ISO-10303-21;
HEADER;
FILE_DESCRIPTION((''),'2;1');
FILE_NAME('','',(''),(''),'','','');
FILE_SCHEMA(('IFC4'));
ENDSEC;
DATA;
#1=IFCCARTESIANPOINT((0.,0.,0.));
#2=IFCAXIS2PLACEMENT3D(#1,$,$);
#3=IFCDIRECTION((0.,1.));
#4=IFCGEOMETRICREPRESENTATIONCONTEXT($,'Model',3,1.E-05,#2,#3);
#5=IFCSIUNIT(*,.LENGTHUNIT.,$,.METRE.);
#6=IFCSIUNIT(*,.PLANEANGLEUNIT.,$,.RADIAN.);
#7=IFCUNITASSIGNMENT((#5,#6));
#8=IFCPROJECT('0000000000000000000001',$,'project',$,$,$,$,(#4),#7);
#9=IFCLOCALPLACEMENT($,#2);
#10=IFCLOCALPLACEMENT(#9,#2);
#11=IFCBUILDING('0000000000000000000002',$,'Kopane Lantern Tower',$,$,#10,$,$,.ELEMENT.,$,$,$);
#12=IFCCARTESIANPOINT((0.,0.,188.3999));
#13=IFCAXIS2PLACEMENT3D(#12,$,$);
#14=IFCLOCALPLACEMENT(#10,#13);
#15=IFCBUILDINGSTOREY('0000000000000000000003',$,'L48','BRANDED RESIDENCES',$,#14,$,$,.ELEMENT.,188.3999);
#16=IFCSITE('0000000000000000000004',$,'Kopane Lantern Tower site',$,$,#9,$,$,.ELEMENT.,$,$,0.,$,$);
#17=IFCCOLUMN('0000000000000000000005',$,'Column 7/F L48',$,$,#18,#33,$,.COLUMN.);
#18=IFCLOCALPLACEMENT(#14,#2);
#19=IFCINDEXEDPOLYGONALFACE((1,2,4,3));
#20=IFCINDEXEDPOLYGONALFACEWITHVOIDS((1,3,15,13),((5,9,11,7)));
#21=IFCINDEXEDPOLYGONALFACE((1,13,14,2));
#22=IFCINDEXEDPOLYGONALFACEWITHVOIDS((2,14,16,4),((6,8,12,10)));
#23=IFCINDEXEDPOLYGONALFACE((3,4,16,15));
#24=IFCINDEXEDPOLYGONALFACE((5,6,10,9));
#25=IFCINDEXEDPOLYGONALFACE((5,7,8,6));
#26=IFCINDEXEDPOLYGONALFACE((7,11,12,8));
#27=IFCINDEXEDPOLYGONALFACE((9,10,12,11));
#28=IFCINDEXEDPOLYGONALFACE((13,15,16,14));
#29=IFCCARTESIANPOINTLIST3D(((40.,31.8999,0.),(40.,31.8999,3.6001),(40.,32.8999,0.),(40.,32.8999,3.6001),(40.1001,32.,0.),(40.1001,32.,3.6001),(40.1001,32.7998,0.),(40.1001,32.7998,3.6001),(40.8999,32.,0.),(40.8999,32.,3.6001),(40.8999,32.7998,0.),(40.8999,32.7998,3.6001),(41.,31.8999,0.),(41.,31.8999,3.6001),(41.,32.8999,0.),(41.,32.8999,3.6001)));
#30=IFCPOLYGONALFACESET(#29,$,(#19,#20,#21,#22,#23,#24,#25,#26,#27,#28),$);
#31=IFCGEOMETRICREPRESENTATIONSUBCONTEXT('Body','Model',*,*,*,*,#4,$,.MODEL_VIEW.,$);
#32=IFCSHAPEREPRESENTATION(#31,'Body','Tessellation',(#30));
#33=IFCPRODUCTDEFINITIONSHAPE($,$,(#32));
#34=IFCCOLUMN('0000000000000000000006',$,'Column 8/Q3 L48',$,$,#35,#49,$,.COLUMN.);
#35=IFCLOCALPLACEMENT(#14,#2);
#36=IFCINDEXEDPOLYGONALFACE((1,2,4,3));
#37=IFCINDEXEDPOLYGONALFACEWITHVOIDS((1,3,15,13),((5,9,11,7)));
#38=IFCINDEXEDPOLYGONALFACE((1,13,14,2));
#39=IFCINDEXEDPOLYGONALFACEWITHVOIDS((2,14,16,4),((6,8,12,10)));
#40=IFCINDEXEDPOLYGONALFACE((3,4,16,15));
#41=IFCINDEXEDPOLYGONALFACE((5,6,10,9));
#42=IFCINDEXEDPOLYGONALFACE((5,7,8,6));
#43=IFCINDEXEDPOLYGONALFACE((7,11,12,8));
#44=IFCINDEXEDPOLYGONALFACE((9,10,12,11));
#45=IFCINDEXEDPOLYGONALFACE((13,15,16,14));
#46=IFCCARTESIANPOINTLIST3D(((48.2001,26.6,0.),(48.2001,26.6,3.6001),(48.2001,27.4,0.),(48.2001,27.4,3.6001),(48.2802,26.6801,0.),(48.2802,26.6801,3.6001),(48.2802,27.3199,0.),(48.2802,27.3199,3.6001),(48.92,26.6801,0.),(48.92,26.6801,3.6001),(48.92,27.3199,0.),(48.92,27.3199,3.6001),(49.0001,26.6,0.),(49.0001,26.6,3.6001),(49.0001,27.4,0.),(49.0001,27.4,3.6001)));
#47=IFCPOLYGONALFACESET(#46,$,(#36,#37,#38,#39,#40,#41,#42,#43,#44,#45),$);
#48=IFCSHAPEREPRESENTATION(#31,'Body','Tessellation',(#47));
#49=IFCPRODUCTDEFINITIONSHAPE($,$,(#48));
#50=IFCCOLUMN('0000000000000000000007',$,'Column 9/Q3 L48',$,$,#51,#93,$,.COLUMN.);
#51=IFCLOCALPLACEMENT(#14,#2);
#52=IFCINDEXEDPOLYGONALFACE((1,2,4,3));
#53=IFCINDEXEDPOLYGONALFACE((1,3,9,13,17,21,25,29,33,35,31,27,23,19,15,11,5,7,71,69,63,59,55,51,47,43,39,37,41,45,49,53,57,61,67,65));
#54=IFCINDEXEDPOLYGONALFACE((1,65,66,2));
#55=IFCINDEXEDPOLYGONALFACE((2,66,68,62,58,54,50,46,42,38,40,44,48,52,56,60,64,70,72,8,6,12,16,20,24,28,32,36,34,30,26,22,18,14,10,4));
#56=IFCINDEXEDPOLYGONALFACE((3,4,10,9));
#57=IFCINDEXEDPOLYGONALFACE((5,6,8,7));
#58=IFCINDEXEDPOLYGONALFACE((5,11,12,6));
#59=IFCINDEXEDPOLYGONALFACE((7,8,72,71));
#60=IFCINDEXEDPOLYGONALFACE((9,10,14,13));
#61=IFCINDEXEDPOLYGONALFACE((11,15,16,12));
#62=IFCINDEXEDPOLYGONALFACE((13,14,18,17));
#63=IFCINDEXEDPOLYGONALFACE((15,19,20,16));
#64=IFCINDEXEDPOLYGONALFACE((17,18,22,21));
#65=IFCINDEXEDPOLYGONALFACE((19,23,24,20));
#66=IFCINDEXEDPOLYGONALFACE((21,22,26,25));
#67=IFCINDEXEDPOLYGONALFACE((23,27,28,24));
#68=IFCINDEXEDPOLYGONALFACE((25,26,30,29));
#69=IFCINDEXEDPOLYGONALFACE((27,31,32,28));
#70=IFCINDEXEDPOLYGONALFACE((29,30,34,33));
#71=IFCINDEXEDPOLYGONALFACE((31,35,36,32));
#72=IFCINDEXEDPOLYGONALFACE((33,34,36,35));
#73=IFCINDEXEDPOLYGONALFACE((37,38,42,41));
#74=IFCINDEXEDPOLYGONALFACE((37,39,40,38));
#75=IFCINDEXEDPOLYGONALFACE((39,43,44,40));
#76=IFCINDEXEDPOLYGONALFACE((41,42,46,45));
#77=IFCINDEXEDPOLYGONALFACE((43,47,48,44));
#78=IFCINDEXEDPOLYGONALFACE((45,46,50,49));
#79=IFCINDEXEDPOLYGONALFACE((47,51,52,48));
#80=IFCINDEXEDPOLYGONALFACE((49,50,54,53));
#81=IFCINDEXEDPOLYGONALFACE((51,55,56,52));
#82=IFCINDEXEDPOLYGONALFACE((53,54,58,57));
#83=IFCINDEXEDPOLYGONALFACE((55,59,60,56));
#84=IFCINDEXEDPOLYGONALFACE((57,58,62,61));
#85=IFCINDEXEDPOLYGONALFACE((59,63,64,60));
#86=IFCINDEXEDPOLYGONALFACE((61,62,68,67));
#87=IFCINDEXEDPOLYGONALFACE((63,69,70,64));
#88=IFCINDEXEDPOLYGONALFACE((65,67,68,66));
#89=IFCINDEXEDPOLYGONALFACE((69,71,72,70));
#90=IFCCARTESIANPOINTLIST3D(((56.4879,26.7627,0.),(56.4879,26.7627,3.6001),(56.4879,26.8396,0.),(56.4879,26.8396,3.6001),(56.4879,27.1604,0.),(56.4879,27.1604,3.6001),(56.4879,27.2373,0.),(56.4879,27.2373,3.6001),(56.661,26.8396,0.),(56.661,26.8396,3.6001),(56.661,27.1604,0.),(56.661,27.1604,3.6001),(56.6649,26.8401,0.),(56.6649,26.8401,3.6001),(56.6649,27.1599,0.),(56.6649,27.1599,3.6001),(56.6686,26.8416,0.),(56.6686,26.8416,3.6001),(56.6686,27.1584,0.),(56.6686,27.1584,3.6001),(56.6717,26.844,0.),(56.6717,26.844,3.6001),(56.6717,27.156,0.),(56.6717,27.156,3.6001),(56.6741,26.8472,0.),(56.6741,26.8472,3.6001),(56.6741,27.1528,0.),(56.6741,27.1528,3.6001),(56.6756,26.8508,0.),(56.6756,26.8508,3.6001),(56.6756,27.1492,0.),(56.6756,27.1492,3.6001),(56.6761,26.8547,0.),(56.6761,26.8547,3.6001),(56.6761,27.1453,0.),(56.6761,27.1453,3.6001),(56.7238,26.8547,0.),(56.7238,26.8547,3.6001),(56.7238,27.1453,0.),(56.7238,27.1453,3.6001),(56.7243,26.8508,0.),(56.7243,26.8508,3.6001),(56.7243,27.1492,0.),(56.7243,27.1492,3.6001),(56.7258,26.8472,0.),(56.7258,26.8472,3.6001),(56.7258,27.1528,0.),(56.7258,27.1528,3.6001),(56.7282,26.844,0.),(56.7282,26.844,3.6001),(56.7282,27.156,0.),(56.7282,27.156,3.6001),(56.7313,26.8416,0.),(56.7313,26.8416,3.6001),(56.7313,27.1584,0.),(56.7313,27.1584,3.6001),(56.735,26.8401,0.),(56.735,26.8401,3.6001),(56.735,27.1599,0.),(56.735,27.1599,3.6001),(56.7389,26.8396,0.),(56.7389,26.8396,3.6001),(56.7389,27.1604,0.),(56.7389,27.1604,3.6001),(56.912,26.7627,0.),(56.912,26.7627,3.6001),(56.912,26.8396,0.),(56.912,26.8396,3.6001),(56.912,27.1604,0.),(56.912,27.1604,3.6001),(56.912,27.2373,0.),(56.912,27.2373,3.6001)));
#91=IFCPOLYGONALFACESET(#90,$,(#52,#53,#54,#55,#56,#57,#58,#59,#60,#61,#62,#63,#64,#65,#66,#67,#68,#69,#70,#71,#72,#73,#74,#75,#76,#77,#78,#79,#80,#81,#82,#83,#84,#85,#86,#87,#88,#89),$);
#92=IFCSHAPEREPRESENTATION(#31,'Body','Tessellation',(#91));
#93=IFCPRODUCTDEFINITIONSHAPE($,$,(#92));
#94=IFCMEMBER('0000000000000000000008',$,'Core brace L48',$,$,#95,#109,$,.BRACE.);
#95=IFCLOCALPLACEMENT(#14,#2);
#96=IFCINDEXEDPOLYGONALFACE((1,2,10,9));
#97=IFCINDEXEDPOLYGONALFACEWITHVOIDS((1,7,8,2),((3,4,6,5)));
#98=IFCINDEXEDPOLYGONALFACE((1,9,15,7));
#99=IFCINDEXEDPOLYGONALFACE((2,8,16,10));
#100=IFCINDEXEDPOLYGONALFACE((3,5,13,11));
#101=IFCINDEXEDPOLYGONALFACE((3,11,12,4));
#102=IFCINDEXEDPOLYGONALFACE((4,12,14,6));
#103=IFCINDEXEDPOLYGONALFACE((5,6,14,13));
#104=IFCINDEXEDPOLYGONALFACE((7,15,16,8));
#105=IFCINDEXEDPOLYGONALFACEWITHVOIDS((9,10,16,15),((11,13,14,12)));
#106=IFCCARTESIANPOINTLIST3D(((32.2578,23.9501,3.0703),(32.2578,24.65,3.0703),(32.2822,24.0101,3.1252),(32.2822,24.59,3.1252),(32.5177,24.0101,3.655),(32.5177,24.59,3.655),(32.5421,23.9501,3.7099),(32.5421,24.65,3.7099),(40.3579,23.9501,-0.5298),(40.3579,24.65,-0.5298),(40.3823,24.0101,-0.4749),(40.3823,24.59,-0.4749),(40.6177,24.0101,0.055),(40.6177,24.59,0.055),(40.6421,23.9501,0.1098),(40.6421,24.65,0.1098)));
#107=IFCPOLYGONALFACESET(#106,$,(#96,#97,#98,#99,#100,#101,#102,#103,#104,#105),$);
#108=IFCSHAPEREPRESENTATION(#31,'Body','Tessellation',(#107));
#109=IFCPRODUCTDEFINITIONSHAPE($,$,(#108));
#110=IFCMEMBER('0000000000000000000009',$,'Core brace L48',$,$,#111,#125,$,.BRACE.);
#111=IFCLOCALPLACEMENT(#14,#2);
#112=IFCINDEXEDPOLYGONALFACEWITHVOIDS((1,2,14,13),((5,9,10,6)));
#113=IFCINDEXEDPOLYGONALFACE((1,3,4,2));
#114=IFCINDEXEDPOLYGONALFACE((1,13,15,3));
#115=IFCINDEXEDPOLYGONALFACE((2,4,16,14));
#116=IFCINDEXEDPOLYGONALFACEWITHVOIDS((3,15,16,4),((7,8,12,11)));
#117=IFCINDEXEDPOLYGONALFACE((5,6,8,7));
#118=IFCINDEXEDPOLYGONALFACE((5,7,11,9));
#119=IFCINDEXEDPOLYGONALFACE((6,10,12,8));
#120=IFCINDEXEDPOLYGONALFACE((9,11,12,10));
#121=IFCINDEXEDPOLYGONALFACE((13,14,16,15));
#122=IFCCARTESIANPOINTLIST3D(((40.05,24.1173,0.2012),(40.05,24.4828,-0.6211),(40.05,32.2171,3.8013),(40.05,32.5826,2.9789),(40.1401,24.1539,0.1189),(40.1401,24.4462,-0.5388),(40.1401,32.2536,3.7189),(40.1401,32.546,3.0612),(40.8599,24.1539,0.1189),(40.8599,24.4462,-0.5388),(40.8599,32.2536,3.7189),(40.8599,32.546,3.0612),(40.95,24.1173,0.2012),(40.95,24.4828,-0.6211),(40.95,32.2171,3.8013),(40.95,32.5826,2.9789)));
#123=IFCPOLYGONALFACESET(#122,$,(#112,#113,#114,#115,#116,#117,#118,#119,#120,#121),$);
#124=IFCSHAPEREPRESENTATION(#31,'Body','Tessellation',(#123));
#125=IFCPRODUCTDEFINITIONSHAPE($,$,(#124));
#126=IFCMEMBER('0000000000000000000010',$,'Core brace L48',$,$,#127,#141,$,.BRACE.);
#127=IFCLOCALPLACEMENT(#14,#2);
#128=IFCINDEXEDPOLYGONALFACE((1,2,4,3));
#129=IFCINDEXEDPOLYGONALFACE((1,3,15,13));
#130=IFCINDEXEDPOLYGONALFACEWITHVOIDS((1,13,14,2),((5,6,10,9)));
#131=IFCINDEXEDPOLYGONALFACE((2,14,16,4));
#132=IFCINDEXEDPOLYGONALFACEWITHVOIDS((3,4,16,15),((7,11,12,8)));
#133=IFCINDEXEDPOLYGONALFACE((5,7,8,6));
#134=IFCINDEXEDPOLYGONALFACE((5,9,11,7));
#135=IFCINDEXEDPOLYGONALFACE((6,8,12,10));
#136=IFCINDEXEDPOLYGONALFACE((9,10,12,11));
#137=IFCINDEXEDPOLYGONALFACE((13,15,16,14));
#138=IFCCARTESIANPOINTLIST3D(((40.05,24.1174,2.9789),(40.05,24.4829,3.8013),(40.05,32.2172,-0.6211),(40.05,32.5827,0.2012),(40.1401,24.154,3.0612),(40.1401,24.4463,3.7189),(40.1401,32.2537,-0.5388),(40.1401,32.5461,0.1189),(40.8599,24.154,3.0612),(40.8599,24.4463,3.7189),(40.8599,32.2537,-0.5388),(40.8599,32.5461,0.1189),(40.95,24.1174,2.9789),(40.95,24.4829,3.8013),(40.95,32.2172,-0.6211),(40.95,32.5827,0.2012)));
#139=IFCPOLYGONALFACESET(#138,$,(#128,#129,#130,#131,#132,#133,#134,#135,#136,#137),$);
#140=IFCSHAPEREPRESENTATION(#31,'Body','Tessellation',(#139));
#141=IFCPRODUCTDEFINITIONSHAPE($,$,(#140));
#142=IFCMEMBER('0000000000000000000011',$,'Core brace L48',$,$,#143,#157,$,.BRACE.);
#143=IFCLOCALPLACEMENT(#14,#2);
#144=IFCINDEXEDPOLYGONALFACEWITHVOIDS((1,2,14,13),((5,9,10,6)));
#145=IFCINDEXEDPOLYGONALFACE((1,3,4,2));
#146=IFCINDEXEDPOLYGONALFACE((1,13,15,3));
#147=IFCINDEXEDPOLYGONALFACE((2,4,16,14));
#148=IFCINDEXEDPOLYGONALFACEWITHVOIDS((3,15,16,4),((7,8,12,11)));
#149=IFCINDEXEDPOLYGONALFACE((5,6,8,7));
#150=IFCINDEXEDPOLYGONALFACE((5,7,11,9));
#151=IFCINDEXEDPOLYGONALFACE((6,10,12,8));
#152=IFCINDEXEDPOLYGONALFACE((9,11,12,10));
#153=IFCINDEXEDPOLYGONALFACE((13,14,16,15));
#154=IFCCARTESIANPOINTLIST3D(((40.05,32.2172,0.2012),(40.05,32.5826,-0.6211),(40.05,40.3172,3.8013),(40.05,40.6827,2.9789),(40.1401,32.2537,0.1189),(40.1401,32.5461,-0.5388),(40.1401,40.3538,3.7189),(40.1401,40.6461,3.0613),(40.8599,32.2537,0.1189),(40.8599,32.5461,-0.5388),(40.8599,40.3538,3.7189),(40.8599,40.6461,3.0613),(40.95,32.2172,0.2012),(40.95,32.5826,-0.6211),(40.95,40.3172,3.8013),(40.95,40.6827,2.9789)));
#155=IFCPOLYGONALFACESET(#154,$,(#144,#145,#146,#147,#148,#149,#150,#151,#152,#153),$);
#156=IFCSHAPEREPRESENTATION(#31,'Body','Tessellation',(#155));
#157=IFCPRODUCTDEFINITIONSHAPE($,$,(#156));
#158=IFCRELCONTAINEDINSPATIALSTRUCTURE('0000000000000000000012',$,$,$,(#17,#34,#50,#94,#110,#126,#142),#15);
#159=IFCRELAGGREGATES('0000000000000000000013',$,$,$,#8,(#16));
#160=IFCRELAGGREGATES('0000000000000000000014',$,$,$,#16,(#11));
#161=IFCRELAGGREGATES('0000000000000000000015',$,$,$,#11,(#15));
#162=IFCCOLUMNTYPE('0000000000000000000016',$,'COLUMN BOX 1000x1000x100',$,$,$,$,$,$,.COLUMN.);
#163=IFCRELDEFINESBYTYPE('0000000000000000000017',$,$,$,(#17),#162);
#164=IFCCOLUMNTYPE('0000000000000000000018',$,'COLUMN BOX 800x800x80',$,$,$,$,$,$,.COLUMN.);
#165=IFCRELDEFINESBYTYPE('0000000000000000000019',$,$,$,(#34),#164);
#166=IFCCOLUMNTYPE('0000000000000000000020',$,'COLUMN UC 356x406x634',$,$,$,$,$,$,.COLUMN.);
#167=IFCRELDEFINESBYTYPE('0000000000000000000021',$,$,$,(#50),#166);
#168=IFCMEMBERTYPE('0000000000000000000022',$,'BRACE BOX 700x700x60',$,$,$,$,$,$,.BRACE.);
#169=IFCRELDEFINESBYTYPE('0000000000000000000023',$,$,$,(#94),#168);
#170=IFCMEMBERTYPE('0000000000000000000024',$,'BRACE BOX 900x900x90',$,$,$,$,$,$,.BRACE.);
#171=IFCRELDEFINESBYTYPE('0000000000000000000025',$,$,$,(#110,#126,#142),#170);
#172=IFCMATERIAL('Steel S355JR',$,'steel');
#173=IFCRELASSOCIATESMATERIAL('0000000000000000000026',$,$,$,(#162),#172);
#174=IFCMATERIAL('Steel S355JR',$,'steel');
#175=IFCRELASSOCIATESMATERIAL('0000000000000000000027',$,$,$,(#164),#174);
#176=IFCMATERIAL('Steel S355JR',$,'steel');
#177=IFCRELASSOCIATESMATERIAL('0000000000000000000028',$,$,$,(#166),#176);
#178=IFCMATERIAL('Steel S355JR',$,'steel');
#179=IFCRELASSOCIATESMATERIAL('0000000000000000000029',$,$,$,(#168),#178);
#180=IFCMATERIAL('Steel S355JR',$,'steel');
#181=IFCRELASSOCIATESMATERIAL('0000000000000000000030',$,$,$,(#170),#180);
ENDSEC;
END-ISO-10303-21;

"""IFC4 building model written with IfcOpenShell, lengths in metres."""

from ifc_helpers import new_model, si_unit, direction, frame, origin, origin_2d, place, context, subcontext, project, spatial, hollow_rectangle, i_section, extrude, material, material_profile, profile_set, type_object, element, save


model = new_model("IFC4")

# Units and contexts
model_context = context("Model", 3, precision=1e-05, world=origin(), true_north=direction((0.0, 1.0)))
body_context = subcontext(model_context, "Body", "Model", "MODEL_VIEW")
ifc_project = project(units=[si_unit("LENGTHUNIT", "METRE"), si_unit("PLANEANGLEUNIT", "RADIAN")], contexts=[model_context])

# Site, building, storey
site_placement = place(None, origin())
site = spatial("IfcSite", under=ifc_project, at=site_placement, Name="Kopane Lantern Tower site", CompositionType="ELEMENT", RefElevation=0.0)
building_placement = place(site_placement, origin())
building = spatial("IfcBuilding", under=site, at=building_placement, Name="Kopane Lantern Tower", CompositionType="ELEMENT")
storey_placement = place(building_placement, frame((0.0, 0.0, 188.3999)))
storey = spatial("IfcBuildingStorey", under=building, at=storey_placement, Name="L48", Description="BRANDED RESIDENCES", CompositionType="ELEMENT", Elevation=188.3999)

# Columns
ifc_material_1 = material(Name="Steel S355JR", Category="steel")
ifc_material_profile_1 = material_profile(ifc_material_1, hollow_rectangle(XDim=1.0, YDim=1.0, WallThickness=0.1001, at=origin_2d()), Name="BOX 1000x1000x100")
ifc_profile_set_1 = profile_set([ifc_material_profile_1], Name="Steel S355JR")
column_type_1 = type_object("IfcColumnType", Name="COLUMN BOX 1000x1000x100", PredefinedType="COLUMN", material=ifc_profile_set_1)
column_1_placement = place(storey_placement, frame((40.5, 32.3999, 0.0), z_axis=(0.0, 0.0, 1.0), x_axis=(1.0, 0.0, 0.0)))
element("IfcColumn", 1, at=column_1_placement, inside=storey, type_object=column_type_1, Name="Column 7/F L48", PredefinedType="COLUMN", context=body_context, shape_type="SweptSolid", body=[
    extrude(hollow_rectangle(XDim=1.0, YDim=1.0, WallThickness=0.1001, at=origin_2d()), origin(), (0.0, 0.0, 1.0), 3.6001),
])
ifc_material_2 = material(Name="Steel S355JR", Category="steel")
ifc_material_profile_2 = material_profile(ifc_material_2, hollow_rectangle(XDim=0.8, YDim=0.8, WallThickness=0.0801, at=origin_2d()), Name="BOX 800x800x80")
ifc_profile_set_2 = profile_set([ifc_material_profile_2], Name="Steel S355JR")
column_type_2 = type_object("IfcColumnType", Name="COLUMN BOX 800x800x80", PredefinedType="COLUMN", material=ifc_profile_set_2)
column_2_placement = place(storey_placement, frame((48.6001, 27.0, 0.0), z_axis=(0.0, 0.0, 1.0), x_axis=(1.0, 0.0, 0.0)))
element("IfcColumn", 2, at=column_2_placement, inside=storey, type_object=column_type_2, Name="Column 8/Q3 L48", PredefinedType="COLUMN", context=body_context, shape_type="SweptSolid", body=[
    extrude(hollow_rectangle(XDim=0.8, YDim=0.8, WallThickness=0.0801, at=origin_2d()), origin(), (0.0, 0.0, 1.0), 3.6001),
])
ifc_material_3 = material(Name="Steel S355JR", Category="steel")
ifc_material_profile_3 = material_profile(ifc_material_3, i_section(OverallWidth=0.4241, OverallDepth=0.4746, WebThickness=0.0476, FlangeThickness=0.0769, FilletRadius=0.0151, at=origin_2d()), Name="UC 356x406x634")
ifc_profile_set_3 = profile_set([ifc_material_profile_3], Name="Steel S355JR")
column_type_3 = type_object("IfcColumnType", Name="COLUMN UC 356x406x634", PredefinedType="COLUMN", material=ifc_profile_set_3)
column_3_placement = place(storey_placement, frame((56.7, 27.0, 0.0), z_axis=(0.0, 0.0, 1.0), x_axis=(1.0, 0.0, 0.0)))
element("IfcColumn", 3, at=column_3_placement, inside=storey, type_object=column_type_3, Name="Column 9/Q3 L48", PredefinedType="COLUMN", context=body_context, shape_type="SweptSolid", body=[
    extrude(i_section(OverallWidth=0.4241, OverallDepth=0.4746, WebThickness=0.0476, FlangeThickness=0.0769, FilletRadius=0.0151, at=origin_2d()), origin(), (0.0, 0.0, 1.0), 3.6001),
])

# Members
ifc_material_4 = material(Name="Steel S355JR", Category="steel")
ifc_material_profile_4 = material_profile(ifc_material_4, hollow_rectangle(XDim=0.7, YDim=0.7, WallThickness=0.0601, at=origin_2d()), Name="BOX 700x700x60")
ifc_profile_set_4 = profile_set([ifc_material_profile_4], Name="Steel S355JR")
member_type_1 = type_object("IfcMemberType", Name="BRACE BOX 700x700x60", PredefinedType="BRACE", material=ifc_profile_set_4)
member_1_placement = place(storey_placement, frame((40.5, 24.3, -0.21), z_axis=(-0.913809, 0.0, 0.406144), x_axis=(0.0, -1.0, 0.0)))
element("IfcMember", 4, at=member_1_placement, inside=storey, type_object=member_type_1, Name="Core brace L48", PredefinedType="BRACE", context=body_context, shape_type="SweptSolid", body=[
    extrude(hollow_rectangle(XDim=0.7, YDim=0.7, WallThickness=0.0601, at=origin_2d()), origin(), (0.0, 0.0, 1.0), 8.864),
])
ifc_material_5 = material(Name="Steel S355JR", Category="steel")
ifc_material_profile_5 = material_profile(ifc_material_5, hollow_rectangle(XDim=0.8999, YDim=0.8999, WallThickness=0.0901, at=origin_2d()), Name="BOX 900x900x90")
ifc_profile_set_5 = profile_set([ifc_material_profile_5], Name="Steel S355JR")
member_type_2 = type_object("IfcMemberType", Name="BRACE BOX 900x900x90", PredefinedType="BRACE", material=ifc_profile_set_5)
for number, where, z_axis, x_axis, name in (
    (5, (40.5, 24.3, -0.21), (0.0, 0.913805, 0.406154), (-1.0, 0.0, 0.0), "Core brace L48"),
    (6, (40.5, 32.3999, -0.21), (0.0, -0.913805, 0.406154), (1.0, 0.0, 0.0), "Core brace L48"),
):
    element("IfcMember", number, at=place(storey_placement, frame(where, z_axis=z_axis, x_axis=x_axis)), inside=storey, type_object=member_type_2, Name=name, PredefinedType="BRACE", context=body_context, shape_type="SweptSolid", body=[
        extrude(hollow_rectangle(XDim=0.8999, YDim=0.8999, WallThickness=0.0901, at=origin_2d()), origin(), (0.0, 0.0, 1.0), 8.8638),
    ])
member_2_placement = place(storey_placement, frame((40.5, 32.3999, -0.21), z_axis=(0.0, 0.913809, 0.406144), x_axis=(-1.0, 0.0, 0.0)))
element("IfcMember", 7, at=member_2_placement, inside=storey, type_object=member_type_2, Name="Core brace L48", PredefinedType="BRACE", context=body_context, shape_type="SweptSolid", body=[
    extrude(hollow_rectangle(XDim=0.8999, YDim=0.8999, WallThickness=0.0901, at=origin_2d()), origin(), (0.0, 0.0, 1.0), 8.864),
])

save(model, "model.ifc")
